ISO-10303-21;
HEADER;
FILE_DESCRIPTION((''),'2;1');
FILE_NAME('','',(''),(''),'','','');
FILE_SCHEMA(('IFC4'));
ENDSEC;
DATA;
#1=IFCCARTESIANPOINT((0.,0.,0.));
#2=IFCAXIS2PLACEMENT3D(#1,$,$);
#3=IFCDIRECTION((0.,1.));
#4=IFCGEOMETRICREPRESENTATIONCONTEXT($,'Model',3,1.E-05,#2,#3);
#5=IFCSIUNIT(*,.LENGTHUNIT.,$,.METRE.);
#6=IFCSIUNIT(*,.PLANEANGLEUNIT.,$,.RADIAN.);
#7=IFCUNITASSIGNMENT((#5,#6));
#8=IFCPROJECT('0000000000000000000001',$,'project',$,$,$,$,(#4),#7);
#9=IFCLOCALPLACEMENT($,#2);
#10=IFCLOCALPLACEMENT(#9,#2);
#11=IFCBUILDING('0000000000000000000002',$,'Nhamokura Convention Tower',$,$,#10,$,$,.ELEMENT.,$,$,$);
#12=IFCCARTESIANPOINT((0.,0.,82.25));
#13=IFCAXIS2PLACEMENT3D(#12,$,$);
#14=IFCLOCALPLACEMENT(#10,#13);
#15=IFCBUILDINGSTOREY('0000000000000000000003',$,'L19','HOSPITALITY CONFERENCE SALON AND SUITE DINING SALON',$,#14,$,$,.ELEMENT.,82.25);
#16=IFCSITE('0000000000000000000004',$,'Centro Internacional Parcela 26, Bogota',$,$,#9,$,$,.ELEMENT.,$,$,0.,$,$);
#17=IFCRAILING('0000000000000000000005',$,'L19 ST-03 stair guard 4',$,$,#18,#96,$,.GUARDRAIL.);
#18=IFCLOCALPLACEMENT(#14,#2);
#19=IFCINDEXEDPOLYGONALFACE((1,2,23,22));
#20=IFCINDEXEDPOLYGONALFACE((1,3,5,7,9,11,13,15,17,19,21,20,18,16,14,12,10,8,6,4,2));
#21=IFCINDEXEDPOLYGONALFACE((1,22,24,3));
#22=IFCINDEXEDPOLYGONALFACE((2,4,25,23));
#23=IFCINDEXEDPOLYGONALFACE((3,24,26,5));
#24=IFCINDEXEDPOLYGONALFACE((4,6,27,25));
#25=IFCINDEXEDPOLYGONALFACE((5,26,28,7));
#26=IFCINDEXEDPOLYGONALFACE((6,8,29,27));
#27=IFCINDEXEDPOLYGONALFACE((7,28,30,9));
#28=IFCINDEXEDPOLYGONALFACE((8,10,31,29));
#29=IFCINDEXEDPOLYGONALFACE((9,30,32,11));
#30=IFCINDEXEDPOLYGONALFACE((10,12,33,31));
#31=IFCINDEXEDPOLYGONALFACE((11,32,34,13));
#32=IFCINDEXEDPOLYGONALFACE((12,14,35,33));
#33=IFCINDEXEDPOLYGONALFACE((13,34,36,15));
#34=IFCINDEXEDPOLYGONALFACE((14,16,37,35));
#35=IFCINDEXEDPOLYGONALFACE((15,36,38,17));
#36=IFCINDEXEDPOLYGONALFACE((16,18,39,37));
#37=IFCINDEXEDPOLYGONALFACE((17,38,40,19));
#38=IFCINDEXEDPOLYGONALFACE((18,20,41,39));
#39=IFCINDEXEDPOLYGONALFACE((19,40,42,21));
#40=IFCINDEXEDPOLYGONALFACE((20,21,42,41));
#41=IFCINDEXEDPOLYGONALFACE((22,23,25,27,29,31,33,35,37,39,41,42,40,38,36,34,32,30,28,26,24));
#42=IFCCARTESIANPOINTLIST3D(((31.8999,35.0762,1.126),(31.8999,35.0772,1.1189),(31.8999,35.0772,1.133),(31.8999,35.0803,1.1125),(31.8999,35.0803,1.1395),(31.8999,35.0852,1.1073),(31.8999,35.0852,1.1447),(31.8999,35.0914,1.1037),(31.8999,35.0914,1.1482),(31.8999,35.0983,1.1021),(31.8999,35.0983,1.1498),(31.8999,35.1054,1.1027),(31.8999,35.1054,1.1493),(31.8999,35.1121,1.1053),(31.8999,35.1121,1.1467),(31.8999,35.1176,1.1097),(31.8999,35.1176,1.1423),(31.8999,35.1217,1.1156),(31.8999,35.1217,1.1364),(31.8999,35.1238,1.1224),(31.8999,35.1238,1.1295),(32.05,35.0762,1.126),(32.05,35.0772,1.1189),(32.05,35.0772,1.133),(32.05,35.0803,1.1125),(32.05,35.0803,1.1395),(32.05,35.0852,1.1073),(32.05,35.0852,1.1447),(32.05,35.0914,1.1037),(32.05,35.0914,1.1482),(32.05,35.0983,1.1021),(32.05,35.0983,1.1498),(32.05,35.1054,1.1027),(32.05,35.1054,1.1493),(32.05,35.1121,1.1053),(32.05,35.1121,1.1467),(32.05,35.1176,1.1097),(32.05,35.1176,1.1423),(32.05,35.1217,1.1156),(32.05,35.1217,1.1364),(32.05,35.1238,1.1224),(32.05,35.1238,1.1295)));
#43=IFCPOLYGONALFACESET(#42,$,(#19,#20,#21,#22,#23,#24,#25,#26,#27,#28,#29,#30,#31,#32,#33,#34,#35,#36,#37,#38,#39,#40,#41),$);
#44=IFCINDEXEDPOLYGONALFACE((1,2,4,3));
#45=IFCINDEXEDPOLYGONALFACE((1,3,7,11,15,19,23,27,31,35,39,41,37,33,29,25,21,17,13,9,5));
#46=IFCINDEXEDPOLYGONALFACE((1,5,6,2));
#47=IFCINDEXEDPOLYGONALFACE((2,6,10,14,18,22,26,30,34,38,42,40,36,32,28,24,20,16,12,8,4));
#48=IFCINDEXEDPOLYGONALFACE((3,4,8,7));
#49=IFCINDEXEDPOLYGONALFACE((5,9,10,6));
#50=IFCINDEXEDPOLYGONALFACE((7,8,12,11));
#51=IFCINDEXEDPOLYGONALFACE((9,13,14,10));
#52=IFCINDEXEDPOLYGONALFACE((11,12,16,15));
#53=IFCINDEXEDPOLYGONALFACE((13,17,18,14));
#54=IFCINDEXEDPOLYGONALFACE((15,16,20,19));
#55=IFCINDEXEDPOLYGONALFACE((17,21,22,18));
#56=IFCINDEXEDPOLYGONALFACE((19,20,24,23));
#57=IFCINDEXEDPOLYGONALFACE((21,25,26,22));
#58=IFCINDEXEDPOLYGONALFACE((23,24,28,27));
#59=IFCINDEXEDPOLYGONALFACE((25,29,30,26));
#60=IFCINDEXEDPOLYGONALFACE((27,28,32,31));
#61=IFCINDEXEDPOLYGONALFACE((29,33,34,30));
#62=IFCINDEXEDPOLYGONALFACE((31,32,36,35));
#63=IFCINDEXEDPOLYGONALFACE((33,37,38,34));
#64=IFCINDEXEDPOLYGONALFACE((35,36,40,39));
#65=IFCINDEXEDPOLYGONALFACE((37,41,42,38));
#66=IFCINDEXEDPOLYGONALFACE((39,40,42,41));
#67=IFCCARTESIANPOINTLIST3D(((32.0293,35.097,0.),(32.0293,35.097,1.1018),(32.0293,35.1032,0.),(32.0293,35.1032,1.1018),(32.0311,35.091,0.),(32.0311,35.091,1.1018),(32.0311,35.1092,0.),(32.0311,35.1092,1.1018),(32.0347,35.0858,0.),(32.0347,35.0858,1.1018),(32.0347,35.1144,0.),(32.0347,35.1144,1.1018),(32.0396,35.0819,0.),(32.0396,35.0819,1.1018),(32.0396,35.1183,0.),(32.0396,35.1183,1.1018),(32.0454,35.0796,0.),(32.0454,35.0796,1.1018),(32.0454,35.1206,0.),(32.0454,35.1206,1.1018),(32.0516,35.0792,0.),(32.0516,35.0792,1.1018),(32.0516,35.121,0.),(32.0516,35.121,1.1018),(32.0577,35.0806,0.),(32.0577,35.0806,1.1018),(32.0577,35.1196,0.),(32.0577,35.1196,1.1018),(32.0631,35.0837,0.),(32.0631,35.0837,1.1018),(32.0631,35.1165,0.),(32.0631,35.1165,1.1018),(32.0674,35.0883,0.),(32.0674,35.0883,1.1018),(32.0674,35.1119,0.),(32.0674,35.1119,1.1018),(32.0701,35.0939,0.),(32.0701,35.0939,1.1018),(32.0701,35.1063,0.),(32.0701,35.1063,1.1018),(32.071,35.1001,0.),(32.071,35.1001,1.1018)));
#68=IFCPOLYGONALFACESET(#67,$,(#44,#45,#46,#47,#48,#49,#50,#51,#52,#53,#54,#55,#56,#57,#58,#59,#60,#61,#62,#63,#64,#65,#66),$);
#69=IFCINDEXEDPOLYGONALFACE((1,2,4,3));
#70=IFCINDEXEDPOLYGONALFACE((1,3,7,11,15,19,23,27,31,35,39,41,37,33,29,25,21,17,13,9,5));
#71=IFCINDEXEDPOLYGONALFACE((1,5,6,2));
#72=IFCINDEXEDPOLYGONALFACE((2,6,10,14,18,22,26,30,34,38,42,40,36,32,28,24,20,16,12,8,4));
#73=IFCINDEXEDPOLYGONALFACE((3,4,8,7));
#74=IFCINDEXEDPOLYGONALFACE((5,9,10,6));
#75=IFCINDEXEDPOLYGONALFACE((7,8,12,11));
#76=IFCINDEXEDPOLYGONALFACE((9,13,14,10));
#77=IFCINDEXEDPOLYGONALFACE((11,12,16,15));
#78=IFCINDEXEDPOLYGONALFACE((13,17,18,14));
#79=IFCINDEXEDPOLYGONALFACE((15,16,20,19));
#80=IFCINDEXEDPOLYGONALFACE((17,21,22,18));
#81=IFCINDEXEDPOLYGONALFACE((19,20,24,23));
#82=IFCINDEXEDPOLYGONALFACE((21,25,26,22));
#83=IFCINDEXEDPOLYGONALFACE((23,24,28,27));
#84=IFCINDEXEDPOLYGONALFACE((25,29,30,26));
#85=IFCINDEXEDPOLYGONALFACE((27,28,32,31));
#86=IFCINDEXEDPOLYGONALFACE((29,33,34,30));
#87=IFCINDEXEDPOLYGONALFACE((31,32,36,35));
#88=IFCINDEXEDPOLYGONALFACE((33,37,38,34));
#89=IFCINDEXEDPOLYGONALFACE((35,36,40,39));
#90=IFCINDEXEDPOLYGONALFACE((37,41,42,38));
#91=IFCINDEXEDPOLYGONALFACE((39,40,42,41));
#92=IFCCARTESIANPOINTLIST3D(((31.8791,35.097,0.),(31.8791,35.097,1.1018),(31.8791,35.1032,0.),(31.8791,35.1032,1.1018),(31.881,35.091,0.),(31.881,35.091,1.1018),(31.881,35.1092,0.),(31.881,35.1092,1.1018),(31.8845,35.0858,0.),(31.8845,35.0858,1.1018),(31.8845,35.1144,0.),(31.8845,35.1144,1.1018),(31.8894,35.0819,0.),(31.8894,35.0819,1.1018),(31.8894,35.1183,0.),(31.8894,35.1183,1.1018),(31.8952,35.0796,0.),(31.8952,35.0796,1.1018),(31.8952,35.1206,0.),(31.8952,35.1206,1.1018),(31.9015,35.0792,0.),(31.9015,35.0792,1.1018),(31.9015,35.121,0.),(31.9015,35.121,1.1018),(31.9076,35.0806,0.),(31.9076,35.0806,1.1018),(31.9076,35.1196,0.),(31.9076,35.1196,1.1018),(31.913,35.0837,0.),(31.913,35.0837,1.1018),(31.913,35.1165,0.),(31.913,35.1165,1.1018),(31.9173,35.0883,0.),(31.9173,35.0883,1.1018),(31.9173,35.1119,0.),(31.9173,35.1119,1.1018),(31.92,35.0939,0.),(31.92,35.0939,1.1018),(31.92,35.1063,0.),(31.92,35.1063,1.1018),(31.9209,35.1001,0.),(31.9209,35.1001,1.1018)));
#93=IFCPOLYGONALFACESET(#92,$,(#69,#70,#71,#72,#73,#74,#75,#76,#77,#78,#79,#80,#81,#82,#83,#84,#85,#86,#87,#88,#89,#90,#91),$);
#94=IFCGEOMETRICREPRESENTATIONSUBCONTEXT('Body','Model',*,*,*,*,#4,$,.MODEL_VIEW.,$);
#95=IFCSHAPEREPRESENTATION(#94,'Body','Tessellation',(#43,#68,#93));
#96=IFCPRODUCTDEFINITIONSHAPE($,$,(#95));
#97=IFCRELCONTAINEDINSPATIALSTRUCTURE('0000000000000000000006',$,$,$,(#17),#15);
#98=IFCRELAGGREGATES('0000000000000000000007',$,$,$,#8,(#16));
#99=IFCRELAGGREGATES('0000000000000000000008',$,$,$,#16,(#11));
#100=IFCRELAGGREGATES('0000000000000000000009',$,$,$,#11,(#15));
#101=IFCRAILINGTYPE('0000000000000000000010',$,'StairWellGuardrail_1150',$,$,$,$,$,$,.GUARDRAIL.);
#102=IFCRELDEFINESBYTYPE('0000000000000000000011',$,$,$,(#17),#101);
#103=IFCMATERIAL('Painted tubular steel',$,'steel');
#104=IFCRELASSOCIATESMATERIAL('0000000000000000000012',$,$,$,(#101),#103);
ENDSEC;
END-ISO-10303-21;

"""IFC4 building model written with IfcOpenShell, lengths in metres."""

from ifc_helpers import new_model, si_unit, direction, frame, origin, origin_2d, place, context, subcontext, project, spatial, circle, extrude, material, type_object, element, save


model = new_model("IFC4")

# Units and contexts
model_context = context("Model", 3, precision=1e-05, world=origin(), true_north=direction((0.0, 1.0)))
body_context = subcontext(model_context, "Body", "Model", "MODEL_VIEW")
ifc_project = project(units=[si_unit("LENGTHUNIT", "METRE"), si_unit("PLANEANGLEUNIT", "RADIAN")], contexts=[model_context])

# Site, building, storey
site_placement = place(None, origin())
site = spatial("IfcSite", under=ifc_project, at=site_placement, Name="Centro Internacional Parcela 26, Bogota", CompositionType="ELEMENT", RefElevation=0.0)
building_placement = place(site_placement, origin())
building = spatial("IfcBuilding", under=site, at=building_placement, Name="Nhamokura Convention Tower", CompositionType="ELEMENT")
storey_placement = place(building_placement, frame((0.0, 0.0, 82.25)))
storey = spatial("IfcBuildingStorey", under=building, at=storey_placement, Name="L19", Description="HOSPITALITY CONFERENCE SALON AND SUITE DINING SALON", CompositionType="ELEMENT", Elevation=82.25)

# Railing
ifc_material_1 = material(Name="Painted tubular steel", Category="steel")
railing_type_1 = type_object("IfcRailingType", Name="StairWellGuardrail_1150", PredefinedType="GUARDRAIL", material=ifc_material_1)
railing_1_placement = place(storey_placement, frame((32.05, 35.1001, 0.0)))
element("IfcRailing", 1, at=railing_1_placement, inside=storey, type_object=railing_type_1, Name="L19 ST-03 stair guard 4", PredefinedType="GUARDRAIL", context=body_context, shape_type="SweptSolid", body=[
    extrude(circle(Radius=0.0239, at=origin_2d()), frame((0.0, 0.0, 1.126), z_axis=(-1.0, 0.0, 0.0), x_axis=(0.0, -1.0, 0.0)), (0.0, 0.0, 1.0), 0.1501),
    extrude(circle(Radius=0.021, at=origin_2d()), origin(), (0.0, 0.0, 1.0), 1.1018),
    extrude(circle(Radius=0.021, at=origin_2d()), frame((-0.1501, 0.0, 0.0)), (0.0, 0.0, 1.0), 1.1018),
])

save(model, "model.ifc")
